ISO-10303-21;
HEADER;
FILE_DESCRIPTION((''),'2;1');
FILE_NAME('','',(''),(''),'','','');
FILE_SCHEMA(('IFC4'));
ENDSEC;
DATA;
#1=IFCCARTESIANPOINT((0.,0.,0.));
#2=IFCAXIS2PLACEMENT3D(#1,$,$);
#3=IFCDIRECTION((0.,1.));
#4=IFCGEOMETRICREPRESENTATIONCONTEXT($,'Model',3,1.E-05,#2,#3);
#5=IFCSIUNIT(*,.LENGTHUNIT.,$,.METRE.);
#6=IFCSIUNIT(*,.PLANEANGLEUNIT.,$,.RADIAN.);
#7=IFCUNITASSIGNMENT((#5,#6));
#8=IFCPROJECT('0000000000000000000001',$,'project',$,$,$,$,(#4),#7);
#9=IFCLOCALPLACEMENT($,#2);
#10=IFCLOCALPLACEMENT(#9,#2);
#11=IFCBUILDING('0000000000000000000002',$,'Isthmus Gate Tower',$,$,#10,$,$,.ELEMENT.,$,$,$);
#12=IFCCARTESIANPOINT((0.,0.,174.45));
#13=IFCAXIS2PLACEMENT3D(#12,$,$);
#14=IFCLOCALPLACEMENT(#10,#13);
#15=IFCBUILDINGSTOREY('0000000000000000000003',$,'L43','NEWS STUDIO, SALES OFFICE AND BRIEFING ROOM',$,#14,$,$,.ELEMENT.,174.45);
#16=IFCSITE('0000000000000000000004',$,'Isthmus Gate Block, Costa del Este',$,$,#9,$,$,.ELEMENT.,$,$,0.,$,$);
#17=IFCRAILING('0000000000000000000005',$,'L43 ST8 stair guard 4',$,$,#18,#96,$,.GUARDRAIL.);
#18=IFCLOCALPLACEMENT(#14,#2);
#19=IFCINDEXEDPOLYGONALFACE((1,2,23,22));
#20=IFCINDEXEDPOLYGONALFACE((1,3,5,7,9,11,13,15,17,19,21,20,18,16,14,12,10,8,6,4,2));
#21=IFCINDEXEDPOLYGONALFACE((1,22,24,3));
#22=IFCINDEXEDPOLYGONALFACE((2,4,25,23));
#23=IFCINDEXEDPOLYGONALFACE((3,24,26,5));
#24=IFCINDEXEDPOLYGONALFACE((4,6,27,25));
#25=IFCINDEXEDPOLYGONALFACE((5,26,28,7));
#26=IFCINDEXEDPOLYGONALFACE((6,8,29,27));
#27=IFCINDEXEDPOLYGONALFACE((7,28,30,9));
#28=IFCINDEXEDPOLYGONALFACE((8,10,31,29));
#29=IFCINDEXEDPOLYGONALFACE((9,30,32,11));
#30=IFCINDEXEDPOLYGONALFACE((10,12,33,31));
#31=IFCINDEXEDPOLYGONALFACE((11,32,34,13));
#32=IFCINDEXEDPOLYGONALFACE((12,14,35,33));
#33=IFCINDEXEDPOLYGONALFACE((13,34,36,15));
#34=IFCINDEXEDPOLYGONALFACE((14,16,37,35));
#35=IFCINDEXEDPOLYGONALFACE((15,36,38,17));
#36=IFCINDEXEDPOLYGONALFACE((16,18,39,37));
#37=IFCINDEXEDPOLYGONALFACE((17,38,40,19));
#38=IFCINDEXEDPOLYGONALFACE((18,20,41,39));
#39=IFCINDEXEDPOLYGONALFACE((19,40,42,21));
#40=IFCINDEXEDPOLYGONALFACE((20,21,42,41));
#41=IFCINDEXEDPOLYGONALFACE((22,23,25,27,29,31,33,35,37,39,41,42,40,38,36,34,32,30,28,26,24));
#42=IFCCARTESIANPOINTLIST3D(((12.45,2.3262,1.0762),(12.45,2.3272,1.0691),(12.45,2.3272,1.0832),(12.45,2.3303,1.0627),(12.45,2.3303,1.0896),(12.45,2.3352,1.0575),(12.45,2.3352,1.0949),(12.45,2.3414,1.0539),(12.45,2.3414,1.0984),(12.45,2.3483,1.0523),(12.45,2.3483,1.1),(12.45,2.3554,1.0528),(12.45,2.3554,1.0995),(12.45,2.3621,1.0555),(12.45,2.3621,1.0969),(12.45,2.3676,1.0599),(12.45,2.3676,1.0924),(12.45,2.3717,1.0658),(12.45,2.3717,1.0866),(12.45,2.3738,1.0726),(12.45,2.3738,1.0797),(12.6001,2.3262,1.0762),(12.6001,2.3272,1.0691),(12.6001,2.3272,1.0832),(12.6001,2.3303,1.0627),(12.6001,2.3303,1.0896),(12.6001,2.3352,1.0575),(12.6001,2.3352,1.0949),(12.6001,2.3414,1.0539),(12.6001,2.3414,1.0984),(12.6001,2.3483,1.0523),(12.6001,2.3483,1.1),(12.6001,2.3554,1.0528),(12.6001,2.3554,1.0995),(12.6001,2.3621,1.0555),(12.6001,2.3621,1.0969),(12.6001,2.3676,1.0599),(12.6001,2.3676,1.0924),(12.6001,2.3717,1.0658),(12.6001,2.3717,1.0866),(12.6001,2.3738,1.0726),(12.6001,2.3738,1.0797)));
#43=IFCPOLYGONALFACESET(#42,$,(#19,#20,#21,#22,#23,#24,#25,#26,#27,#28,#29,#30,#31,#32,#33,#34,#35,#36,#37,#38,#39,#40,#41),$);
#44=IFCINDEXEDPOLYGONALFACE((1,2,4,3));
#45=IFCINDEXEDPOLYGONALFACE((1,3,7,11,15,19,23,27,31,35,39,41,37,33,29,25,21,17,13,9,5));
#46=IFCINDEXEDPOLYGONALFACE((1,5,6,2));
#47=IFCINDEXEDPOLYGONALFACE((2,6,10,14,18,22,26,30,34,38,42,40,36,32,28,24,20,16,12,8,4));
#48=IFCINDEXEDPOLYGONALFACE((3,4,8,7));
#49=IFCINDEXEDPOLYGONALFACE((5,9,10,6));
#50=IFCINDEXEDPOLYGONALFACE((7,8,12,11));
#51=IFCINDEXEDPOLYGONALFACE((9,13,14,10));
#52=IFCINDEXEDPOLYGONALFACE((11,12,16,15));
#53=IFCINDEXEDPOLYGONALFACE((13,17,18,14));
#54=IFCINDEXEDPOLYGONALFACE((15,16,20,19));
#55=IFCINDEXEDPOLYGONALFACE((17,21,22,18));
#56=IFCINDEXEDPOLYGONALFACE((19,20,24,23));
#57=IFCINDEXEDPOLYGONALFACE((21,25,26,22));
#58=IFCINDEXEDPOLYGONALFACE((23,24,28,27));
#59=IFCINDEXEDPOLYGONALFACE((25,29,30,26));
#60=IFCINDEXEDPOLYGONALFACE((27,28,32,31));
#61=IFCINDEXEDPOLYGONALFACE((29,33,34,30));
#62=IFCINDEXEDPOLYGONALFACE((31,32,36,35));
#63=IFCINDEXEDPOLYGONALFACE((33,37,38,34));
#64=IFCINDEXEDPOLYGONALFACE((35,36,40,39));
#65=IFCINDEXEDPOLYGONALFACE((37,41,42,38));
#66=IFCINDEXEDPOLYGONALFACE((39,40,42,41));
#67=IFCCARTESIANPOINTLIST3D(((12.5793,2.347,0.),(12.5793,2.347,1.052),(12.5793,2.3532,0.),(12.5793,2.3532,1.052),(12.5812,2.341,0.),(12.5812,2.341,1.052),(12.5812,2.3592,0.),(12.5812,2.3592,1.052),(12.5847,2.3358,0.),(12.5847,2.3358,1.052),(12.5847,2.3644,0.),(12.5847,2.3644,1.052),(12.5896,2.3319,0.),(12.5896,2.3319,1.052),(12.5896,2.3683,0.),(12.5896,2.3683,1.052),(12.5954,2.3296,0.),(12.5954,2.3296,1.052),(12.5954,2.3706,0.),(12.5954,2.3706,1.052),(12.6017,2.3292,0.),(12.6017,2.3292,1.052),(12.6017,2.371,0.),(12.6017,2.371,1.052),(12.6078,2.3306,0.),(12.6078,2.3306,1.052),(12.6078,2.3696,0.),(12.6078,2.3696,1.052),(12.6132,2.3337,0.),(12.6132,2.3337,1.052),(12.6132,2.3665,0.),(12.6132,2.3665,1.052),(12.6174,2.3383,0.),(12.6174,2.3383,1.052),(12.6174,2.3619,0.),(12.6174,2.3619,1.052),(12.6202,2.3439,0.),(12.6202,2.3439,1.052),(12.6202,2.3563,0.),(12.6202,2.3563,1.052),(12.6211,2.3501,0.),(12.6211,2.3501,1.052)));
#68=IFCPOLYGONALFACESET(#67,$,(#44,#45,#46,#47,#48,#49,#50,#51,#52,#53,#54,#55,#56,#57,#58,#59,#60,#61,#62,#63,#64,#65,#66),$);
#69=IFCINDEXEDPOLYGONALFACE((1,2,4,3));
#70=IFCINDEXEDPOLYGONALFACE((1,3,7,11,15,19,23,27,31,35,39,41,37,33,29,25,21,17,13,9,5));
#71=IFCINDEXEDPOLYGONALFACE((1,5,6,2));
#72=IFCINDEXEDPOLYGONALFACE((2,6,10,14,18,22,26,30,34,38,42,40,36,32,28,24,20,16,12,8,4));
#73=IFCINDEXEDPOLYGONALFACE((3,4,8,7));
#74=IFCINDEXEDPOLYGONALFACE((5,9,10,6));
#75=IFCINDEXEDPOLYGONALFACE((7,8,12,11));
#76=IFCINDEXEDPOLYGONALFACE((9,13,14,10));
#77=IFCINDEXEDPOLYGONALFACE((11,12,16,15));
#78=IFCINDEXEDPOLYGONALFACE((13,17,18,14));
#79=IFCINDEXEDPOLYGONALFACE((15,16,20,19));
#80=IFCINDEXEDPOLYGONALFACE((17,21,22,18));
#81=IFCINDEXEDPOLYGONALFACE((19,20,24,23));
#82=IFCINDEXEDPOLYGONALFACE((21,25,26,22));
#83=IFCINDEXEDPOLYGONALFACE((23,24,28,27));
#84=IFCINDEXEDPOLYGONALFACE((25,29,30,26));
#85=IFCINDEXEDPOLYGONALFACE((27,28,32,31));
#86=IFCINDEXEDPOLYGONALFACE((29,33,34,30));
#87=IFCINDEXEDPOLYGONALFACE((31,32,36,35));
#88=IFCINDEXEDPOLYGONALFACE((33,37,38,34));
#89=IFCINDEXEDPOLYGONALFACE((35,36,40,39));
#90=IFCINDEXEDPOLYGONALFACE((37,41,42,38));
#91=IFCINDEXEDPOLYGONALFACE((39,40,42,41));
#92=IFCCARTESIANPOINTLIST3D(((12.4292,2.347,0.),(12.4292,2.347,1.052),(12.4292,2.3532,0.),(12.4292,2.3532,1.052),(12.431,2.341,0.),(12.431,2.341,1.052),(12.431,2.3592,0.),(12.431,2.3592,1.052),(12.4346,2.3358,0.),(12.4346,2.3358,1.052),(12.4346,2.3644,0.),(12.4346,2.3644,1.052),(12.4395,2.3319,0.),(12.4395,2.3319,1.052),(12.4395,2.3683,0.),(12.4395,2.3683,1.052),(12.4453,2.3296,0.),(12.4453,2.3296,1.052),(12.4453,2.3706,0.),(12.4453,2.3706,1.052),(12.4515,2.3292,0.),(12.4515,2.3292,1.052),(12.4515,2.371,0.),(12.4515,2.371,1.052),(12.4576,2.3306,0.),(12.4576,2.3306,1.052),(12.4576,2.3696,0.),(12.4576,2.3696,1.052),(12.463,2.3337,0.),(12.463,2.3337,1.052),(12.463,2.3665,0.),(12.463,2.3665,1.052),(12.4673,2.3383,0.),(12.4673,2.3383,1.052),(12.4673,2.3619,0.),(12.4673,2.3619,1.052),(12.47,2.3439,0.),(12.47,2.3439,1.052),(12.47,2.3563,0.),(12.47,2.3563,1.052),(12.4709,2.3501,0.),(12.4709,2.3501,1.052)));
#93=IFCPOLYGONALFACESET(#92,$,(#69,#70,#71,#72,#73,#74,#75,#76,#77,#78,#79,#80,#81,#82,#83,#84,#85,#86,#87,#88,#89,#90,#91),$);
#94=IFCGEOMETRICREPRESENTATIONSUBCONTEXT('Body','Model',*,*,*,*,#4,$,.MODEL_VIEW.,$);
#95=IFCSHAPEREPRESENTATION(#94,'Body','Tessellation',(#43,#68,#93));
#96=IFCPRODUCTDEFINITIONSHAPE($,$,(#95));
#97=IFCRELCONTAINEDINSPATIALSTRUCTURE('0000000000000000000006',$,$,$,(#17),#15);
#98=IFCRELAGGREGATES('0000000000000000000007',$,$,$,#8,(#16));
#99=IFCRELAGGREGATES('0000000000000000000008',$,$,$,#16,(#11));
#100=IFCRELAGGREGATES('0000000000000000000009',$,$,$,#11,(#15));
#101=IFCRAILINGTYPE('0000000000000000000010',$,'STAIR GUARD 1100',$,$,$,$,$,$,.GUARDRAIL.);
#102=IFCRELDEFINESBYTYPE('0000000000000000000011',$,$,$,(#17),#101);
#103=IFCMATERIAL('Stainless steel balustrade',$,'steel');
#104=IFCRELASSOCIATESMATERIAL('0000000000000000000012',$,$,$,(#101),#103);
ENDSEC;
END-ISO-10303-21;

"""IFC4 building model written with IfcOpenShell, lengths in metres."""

from ifc_helpers import new_model, si_unit, direction, frame, origin, origin_2d, place, context, subcontext, project, spatial, circle, extrude, material, type_object, element, save


model = new_model("IFC4")

# Units and contexts
model_context = context("Model", 3, precision=1e-05, world=origin(), true_north=direction((0.0, 1.0)))
body_context = subcontext(model_context, "Body", "Model", "MODEL_VIEW")
ifc_project = project(units=[si_unit("LENGTHUNIT", "METRE"), si_unit("PLANEANGLEUNIT", "RADIAN")], contexts=[model_context])

# Site, building, storey
site_placement = place(None, origin())
site = spatial("IfcSite", under=ifc_project, at=site_placement, Name="Isthmus Gate Block, Costa del Este", CompositionType="ELEMENT", RefElevation=0.0)
building_placement = place(site_placement, origin())
building = spatial("IfcBuilding", under=site, at=building_placement, Name="Isthmus Gate Tower", CompositionType="ELEMENT")
storey_placement = place(building_placement, frame((0.0, 0.0, 174.45)))
storey = spatial("IfcBuildingStorey", under=building, at=storey_placement, Name="L43", Description="NEWS STUDIO, SALES OFFICE AND BRIEFING ROOM", CompositionType="ELEMENT", Elevation=174.45)

# Railing
ifc_material_1 = material(Name="Stainless steel balustrade", Category="steel")
railing_type_1 = type_object("IfcRailingType", Name="STAIR GUARD 1100", PredefinedType="GUARDRAIL", material=ifc_material_1)
railing_1_placement = place(storey_placement, frame((12.6001, 2.3501, 0.0)))
element("IfcRailing", 1, at=railing_1_placement, inside=storey, type_object=railing_type_1, Name="L43 ST8 stair guard 4", PredefinedType="GUARDRAIL", context=body_context, shape_type="SweptSolid", body=[
    extrude(circle(Radius=0.0239, at=origin_2d()), frame((0.0, 0.0, 1.0762), z_axis=(-1.0, 0.0, 0.0), x_axis=(0.0, -1.0, 0.0)), (0.0, 0.0, 1.0), 0.1501),
    extrude(circle(Radius=0.021, at=origin_2d()), origin(), (0.0, 0.0, 1.0), 1.052),
    extrude(circle(Radius=0.021, at=origin_2d()), frame((-0.1501, 0.0, 0.0)), (0.0, 0.0, 1.0), 1.052),
])

save(model, "model.ifc")
